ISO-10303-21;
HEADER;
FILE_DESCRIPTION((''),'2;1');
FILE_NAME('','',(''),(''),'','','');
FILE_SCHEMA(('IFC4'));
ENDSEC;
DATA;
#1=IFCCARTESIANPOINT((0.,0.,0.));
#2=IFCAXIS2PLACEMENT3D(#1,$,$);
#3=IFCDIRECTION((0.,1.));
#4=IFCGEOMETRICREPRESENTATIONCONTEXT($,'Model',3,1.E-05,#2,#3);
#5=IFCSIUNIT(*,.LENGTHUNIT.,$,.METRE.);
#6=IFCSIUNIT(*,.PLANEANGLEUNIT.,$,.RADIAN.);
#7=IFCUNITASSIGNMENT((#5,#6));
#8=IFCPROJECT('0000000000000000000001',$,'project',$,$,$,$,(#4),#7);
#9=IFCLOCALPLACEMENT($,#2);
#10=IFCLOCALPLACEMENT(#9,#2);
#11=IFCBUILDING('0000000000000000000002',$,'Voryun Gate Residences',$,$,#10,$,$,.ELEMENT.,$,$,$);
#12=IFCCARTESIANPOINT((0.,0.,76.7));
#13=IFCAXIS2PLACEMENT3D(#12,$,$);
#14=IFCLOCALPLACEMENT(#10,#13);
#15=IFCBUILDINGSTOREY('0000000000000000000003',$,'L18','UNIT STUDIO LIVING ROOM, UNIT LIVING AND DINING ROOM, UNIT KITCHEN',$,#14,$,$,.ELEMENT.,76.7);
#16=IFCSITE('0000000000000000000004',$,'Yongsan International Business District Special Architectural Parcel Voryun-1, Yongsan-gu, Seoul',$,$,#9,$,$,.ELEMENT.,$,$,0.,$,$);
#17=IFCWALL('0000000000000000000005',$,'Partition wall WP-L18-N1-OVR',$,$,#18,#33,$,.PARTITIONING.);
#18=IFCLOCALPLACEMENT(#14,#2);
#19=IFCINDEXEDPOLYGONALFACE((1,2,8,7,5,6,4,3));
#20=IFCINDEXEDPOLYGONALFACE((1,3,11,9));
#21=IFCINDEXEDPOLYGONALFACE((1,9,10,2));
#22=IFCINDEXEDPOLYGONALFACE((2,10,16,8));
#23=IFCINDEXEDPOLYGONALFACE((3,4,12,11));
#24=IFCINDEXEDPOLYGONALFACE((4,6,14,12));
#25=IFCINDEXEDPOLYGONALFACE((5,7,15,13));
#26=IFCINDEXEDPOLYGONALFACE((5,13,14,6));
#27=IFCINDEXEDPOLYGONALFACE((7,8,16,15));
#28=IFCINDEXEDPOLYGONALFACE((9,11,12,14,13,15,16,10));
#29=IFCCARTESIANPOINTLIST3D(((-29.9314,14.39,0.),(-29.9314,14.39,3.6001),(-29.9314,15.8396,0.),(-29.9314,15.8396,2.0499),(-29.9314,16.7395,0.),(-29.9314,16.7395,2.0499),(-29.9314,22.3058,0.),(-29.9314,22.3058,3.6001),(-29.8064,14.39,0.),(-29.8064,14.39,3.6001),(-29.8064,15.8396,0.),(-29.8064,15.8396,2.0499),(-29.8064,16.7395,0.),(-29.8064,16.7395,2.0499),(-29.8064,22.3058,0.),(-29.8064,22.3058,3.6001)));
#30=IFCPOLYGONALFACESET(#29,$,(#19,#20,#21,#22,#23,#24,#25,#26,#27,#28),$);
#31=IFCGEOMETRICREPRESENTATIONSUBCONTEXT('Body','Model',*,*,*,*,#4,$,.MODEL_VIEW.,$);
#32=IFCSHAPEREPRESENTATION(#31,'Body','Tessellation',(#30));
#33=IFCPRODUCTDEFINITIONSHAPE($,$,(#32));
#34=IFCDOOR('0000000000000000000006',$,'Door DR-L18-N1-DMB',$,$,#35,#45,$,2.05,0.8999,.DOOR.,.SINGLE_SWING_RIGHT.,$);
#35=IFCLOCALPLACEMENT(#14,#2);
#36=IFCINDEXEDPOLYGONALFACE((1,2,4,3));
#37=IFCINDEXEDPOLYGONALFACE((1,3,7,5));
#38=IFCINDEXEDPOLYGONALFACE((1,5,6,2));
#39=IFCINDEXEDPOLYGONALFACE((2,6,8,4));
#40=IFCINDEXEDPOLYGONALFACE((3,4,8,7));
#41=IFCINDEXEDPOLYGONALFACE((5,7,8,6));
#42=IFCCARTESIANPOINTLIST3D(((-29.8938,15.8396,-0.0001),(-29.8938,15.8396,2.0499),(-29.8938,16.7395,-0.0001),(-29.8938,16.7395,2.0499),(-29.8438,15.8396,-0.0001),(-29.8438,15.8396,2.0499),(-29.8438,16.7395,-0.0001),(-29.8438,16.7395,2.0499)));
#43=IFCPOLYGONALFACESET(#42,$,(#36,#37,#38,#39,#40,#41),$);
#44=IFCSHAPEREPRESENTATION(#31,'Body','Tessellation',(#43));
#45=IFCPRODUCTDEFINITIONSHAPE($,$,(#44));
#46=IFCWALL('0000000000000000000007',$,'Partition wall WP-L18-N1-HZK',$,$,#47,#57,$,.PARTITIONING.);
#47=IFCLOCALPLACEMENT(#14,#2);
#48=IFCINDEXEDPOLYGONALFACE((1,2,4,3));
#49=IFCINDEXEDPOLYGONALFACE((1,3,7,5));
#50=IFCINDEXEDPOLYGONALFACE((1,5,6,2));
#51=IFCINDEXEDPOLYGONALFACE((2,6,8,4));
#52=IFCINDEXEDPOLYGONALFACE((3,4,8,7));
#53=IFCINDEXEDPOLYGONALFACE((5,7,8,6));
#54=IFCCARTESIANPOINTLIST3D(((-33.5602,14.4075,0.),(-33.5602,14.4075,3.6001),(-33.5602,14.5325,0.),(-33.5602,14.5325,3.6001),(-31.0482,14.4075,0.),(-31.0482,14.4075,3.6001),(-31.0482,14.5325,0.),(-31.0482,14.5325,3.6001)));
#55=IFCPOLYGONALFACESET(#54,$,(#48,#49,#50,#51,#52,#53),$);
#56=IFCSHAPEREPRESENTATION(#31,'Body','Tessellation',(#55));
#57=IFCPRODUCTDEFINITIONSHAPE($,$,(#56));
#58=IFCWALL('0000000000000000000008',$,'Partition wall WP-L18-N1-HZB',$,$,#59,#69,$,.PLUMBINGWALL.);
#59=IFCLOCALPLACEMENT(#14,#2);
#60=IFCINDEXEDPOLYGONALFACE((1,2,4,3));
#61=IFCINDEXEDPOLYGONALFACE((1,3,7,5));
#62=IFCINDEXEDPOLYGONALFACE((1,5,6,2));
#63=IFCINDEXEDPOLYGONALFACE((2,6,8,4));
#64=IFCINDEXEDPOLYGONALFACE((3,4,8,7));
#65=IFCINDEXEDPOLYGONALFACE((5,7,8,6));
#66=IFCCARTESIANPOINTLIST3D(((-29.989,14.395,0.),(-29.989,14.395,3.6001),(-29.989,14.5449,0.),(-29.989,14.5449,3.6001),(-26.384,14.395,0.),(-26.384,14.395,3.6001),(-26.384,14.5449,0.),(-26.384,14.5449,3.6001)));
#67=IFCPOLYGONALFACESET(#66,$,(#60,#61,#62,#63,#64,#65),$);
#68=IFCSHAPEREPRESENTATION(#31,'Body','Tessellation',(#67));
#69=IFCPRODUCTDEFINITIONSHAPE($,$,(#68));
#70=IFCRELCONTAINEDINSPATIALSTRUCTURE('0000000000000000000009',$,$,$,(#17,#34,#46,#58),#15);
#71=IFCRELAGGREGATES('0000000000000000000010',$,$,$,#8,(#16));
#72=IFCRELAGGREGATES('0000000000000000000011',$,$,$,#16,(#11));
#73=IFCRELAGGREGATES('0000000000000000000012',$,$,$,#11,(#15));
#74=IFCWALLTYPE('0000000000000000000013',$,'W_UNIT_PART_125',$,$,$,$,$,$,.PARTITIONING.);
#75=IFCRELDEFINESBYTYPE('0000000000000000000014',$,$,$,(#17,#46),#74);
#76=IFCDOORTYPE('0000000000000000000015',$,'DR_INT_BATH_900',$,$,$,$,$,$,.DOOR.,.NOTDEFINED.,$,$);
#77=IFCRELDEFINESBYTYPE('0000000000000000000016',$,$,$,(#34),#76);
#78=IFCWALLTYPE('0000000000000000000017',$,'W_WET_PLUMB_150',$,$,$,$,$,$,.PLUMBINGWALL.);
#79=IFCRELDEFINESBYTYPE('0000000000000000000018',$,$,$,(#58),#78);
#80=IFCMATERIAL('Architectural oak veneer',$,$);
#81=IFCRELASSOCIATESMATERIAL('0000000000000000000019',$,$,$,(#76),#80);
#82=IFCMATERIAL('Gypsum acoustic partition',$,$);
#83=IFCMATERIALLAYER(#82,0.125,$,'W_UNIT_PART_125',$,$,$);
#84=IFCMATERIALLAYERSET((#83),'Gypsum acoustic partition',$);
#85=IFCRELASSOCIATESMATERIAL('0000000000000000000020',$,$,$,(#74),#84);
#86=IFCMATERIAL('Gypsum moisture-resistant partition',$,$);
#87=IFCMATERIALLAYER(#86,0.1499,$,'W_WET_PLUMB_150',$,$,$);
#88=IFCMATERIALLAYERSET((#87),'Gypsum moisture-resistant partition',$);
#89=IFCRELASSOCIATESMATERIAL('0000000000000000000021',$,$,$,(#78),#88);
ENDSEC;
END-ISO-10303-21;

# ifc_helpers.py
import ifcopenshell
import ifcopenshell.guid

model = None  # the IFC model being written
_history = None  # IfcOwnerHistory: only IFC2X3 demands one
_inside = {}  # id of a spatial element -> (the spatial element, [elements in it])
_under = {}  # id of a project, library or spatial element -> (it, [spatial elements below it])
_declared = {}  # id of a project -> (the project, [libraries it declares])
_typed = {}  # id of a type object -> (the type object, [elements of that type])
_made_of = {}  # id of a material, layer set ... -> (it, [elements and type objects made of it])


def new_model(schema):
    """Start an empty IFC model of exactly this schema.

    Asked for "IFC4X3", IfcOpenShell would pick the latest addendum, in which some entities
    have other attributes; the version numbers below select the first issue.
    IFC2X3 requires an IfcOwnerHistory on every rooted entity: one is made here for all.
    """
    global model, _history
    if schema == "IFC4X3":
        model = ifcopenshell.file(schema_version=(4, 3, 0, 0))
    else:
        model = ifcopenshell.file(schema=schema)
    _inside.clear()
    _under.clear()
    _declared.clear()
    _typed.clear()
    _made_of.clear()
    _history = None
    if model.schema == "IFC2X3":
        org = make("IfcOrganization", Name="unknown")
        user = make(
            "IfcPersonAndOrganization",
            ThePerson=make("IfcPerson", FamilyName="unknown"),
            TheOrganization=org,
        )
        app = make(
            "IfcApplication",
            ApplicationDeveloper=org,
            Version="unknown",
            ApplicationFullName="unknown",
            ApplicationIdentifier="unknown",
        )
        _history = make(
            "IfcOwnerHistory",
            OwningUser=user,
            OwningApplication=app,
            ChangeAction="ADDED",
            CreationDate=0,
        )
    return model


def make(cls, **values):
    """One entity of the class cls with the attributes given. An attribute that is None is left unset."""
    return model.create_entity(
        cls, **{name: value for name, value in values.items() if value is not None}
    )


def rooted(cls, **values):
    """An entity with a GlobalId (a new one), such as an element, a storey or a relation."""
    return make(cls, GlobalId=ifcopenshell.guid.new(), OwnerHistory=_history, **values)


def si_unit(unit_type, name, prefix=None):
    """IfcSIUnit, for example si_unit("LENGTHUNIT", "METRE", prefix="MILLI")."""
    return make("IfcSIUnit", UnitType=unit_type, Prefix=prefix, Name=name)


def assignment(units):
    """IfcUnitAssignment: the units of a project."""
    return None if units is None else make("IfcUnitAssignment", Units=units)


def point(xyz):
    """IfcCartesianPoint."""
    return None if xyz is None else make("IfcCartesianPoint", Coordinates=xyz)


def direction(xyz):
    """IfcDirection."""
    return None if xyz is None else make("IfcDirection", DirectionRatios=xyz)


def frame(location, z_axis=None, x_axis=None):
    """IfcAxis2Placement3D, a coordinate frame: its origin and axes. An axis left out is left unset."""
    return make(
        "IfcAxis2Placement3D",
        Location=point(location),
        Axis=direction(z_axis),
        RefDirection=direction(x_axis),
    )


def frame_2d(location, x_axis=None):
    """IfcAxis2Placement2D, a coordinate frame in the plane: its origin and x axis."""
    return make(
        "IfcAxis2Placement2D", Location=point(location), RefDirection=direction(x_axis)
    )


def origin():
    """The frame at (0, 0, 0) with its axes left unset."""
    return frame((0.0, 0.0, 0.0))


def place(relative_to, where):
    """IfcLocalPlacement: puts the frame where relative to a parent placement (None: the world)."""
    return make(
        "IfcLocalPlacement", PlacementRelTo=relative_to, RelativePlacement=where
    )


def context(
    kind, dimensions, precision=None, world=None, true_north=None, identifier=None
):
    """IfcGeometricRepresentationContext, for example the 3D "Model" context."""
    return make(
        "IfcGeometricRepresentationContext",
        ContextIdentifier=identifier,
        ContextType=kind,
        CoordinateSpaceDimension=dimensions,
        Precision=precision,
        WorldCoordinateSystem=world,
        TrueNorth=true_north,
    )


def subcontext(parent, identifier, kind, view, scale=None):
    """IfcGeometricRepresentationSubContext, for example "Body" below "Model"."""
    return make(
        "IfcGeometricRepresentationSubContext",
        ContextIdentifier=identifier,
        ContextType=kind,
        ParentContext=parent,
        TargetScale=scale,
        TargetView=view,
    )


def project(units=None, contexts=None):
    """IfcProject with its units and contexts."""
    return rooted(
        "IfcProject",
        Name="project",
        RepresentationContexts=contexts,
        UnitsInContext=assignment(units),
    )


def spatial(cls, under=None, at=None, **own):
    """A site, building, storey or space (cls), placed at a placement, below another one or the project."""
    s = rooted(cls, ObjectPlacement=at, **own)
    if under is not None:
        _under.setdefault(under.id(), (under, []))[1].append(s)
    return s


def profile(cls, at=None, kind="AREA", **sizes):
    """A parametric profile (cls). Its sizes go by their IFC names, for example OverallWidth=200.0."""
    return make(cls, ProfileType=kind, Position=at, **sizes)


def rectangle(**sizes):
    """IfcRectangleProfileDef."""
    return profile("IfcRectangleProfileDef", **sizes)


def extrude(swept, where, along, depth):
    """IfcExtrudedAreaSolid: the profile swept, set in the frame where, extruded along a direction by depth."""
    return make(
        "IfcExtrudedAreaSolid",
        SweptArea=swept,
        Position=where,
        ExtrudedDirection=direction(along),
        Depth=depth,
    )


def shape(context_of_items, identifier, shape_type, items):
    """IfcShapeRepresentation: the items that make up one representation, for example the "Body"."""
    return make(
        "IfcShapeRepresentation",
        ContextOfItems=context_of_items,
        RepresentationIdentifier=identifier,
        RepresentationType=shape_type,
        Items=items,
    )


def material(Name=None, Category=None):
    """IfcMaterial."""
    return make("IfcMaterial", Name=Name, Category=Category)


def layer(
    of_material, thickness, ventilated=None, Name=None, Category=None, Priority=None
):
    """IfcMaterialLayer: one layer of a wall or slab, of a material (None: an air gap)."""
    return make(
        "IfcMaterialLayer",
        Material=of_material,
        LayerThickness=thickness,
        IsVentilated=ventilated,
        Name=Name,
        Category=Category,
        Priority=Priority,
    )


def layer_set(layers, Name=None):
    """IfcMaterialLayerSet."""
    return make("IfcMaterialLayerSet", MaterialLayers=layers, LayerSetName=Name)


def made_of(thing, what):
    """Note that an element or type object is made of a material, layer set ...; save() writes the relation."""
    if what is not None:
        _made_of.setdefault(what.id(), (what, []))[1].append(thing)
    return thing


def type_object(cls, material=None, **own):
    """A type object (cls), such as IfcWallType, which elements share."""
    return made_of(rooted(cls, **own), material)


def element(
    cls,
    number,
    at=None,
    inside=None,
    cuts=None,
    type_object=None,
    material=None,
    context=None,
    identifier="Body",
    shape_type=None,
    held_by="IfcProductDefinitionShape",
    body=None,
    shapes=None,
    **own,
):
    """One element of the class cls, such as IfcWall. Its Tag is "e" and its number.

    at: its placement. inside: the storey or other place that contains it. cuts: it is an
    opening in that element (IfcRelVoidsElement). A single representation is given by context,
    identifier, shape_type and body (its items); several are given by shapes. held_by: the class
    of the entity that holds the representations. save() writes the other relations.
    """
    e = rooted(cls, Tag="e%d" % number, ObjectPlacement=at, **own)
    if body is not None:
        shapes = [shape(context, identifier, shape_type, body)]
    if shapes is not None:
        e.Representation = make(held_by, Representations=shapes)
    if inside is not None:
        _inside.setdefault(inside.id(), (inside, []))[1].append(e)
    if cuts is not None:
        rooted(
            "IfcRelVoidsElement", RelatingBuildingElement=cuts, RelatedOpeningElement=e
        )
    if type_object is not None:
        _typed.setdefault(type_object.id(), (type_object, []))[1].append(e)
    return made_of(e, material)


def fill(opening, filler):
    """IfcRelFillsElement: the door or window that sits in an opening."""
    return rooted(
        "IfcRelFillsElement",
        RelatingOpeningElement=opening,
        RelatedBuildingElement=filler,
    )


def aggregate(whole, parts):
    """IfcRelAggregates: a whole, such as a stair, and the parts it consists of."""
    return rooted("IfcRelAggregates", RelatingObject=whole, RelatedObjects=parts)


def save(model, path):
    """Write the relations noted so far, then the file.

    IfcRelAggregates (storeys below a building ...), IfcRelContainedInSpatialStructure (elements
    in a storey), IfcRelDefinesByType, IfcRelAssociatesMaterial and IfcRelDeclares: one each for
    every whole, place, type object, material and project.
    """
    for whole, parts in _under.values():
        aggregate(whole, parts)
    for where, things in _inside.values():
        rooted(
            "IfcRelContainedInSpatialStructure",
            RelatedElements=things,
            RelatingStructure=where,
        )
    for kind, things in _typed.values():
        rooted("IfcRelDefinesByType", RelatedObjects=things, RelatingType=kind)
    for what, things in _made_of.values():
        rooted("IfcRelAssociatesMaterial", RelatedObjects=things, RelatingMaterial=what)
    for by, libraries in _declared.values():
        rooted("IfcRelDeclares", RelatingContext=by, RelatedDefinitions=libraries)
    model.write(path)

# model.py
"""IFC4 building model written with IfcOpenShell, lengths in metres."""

from ifc_helpers import new_model, si_unit, direction, frame, frame_2d, origin, place, context, subcontext, project, spatial, rectangle, extrude, material, layer, layer_set, type_object, element, fill, save


model = new_model("IFC4")

# Units and contexts
model_context = context("Model", 3, precision=1e-05, world=origin(), true_north=direction((0.0, 1.0)))
body_context = subcontext(model_context, "Body", "Model", "MODEL_VIEW")
ifc_project = project(units=[si_unit("LENGTHUNIT", "METRE"), si_unit("PLANEANGLEUNIT", "RADIAN")], contexts=[model_context])

# Site, building, storey
site_placement = place(None, origin())
site = spatial("IfcSite", under=ifc_project, at=site_placement, Name="Yongsan International Business District Special Architectural Parcel Voryun-1, Yongsan-gu, Seoul", CompositionType="ELEMENT", RefElevation=0.0)
building_placement = place(site_placement, origin())
building = spatial("IfcBuilding", under=site, at=building_placement, Name="Voryun Gate Residences", CompositionType="ELEMENT")
storey_placement = place(building_placement, frame((0.0, 0.0, 76.7)))
storey = spatial("IfcBuildingStorey", under=building, at=storey_placement, Name="L18", Description="UNIT STUDIO LIVING ROOM, UNIT LIVING AND DINING ROOM, UNIT KITCHEN", CompositionType="ELEMENT", Elevation=76.7)

# Shared definitions
ifc_material_1 = material(Name="Architectural oak veneer")
door_type_1 = type_object("IfcDoorType", Name="DR_INT_BATH_900", OperationType="NOTDEFINED", PredefinedType="DOOR", material=ifc_material_1)

# Wall, opening, door
ifc_material_2 = material(Name="Gypsum acoustic partition")
ifc_layer_1 = layer(ifc_material_2, 0.125, Name="W_UNIT_PART_125")
ifc_layer_set_1 = layer_set([ifc_layer_1], Name="Gypsum acoustic partition")
wall_type_1 = type_object("IfcWallType", Name="W_UNIT_PART_125", PredefinedType="PARTITIONING", material=ifc_layer_set_1)
wall_1_placement = place(storey_placement, frame((-29.8689, 14.3899, 0.0), z_axis=(0.0, 0.0, 1.0), x_axis=(0.0, 1.0, 0.0)))
wall_1 = element("IfcWall", 1, at=wall_1_placement, inside=storey, type_object=wall_type_1, Name="Partition wall WP-L18-N1-OVR", PredefinedType="PARTITIONING", context=body_context, shape_type="SweptSolid", body=[
    extrude(rectangle(XDim=7.9158, YDim=0.125, at=frame_2d((3.958, 0.0))), origin(), (0.0, 0.0, 1.0), 3.6001),
])
opening_1_placement = place(wall_1_placement, frame((1.4497, 0.0, 0.0)))
opening_1 = element("IfcOpeningElement", 2, at=opening_1_placement, cuts=wall_1, PredefinedType="OPENING", context=body_context, shape_type="SweptSolid", body=[
    extrude(rectangle(XDim=0.8999, YDim=2.05, at=frame_2d((0.45, 1.0249))), frame((0.0, 0.0725, 0.0), z_axis=(0.0, -1.0, 0.0), x_axis=(1.0, 0.0, 0.0)), (0.0, 0.0, 1.0), 0.145),
])
door_1_placement = place(opening_1_placement, origin())
door_1 = element("IfcDoor", 3, at=door_1_placement, inside=storey, type_object=door_type_1, Name="Door DR-L18-N1-DMB", OperationType="SINGLE_SWING_RIGHT", OverallHeight=2.05, OverallWidth=0.8999, PredefinedType="DOOR", context=body_context, shape_type="SweptSolid", body=[
    extrude(rectangle(XDim=0.8999, YDim=2.05, at=frame_2d((0.45, 1.0249))), frame((0.0, 0.0249, 0.0), z_axis=(0.0, -1.0, 0.0), x_axis=(1.0, 0.0, 0.0)), (0.0, 0.0, 1.0), 0.05),
])
fill(opening_1, door_1)

# Walls
wall_2_placement = place(storey_placement, frame((-33.5601, 14.47, 0.0), z_axis=(0.0, 0.0, 1.0), x_axis=(1.0, 0.0, 0.0)))
element("IfcWall", 4, at=wall_2_placement, inside=storey, type_object=wall_type_1, Name="Partition wall WP-L18-N1-HZK", PredefinedType="PARTITIONING", context=body_context, shape_type="SweptSolid", body=[
    extrude(rectangle(XDim=2.512, YDim=0.125, at=frame_2d((1.2559, 0.0))), origin(), (0.0, 0.0, 1.0), 3.6001),
])
ifc_material_3 = material(Name="Gypsum moisture-resistant partition")
ifc_layer_2 = layer(ifc_material_3, 0.1499, Name="W_WET_PLUMB_150")
ifc_layer_set_2 = layer_set([ifc_layer_2], Name="Gypsum moisture-resistant partition")
wall_type_2 = type_object("IfcWallType", Name="W_WET_PLUMB_150", PredefinedType="PLUMBINGWALL", material=ifc_layer_set_2)
wall_3_placement = place(storey_placement, frame((-29.989, 14.47, 0.0), z_axis=(0.0, 0.0, 1.0), x_axis=(1.0, 0.0, 0.0)))
element("IfcWall", 5, at=wall_3_placement, inside=storey, type_object=wall_type_2, Name="Partition wall WP-L18-N1-HZB", PredefinedType="PLUMBINGWALL", context=body_context, shape_type="SweptSolid", body=[
    extrude(rectangle(XDim=3.605, YDim=0.1499, at=frame_2d((1.8025, 0.0))), origin(), (0.0, 0.0, 1.0), 3.6001),
])

save(model, "model.ifc")
